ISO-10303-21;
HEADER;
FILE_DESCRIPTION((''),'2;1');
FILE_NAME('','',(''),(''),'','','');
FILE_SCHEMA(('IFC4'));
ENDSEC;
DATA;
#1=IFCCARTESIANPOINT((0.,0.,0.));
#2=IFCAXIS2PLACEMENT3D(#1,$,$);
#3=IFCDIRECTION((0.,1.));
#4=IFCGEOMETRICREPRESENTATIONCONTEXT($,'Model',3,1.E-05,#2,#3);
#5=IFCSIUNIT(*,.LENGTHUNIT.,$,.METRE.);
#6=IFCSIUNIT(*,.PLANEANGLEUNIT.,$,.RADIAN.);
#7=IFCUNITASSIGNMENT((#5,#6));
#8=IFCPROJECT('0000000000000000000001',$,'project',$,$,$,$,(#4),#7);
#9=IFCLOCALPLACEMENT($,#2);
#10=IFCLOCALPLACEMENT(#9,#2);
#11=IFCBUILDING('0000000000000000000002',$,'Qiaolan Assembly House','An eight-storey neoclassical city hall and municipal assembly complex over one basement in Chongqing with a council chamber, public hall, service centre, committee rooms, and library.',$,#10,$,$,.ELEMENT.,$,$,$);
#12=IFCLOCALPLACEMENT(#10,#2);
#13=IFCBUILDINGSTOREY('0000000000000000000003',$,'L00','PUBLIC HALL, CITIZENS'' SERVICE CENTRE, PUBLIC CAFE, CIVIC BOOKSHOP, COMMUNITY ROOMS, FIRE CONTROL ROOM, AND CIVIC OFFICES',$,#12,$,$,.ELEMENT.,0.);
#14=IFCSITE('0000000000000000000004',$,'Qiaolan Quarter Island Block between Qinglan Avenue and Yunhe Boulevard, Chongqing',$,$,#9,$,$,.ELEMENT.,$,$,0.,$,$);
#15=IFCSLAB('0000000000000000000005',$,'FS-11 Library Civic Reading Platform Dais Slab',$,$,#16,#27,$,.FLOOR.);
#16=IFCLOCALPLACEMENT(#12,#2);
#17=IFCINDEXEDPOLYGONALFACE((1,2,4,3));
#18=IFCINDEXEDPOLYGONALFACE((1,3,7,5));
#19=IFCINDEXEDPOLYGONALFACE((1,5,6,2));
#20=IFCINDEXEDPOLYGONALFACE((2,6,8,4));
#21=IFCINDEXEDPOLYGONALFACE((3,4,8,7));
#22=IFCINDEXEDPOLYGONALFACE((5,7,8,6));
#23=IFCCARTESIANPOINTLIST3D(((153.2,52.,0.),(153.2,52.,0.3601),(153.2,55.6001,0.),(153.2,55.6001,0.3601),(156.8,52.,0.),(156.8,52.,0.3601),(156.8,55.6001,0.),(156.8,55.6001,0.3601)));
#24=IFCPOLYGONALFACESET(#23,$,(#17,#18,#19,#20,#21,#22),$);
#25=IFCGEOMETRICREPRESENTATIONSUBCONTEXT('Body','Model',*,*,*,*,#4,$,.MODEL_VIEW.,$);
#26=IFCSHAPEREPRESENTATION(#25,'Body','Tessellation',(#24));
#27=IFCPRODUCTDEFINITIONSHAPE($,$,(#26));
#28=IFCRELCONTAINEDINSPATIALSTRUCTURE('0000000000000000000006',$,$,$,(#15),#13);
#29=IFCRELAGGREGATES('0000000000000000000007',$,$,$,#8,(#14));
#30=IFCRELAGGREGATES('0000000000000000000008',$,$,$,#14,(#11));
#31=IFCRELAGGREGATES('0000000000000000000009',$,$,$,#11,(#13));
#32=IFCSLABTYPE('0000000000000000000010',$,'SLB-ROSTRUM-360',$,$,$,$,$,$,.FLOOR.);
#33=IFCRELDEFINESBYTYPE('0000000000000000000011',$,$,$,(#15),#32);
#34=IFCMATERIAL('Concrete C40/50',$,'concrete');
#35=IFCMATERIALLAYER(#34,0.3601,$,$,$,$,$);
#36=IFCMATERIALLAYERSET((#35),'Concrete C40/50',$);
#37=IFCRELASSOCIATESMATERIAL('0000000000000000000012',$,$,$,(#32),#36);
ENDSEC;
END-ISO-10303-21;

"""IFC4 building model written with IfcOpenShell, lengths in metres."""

from ifc_helpers import new_model, si_unit, direction, origin, place, context, subcontext, project, spatial, polyline, outline, extrude, material, layer, layer_set, type_object, element, save


model = new_model("IFC4")

# Units and contexts
model_context = context("Model", 3, precision=1e-05, world=origin(), true_north=direction((0.0, 1.0)))
body_context = subcontext(model_context, "Body", "Model", "MODEL_VIEW")
ifc_project = project(units=[si_unit("LENGTHUNIT", "METRE"), si_unit("PLANEANGLEUNIT", "RADIAN")], contexts=[model_context])

# Site, building, storey
site_placement = place(None, origin())
site = spatial("IfcSite", under=ifc_project, at=site_placement, Name="Qiaolan Quarter Island Block between Qinglan Avenue and Yunhe Boulevard, Chongqing", CompositionType="ELEMENT", RefElevation=0.0)
building_placement = place(site_placement, origin())
building = spatial("IfcBuilding", under=site, at=building_placement, Name="Qiaolan Assembly House", Description="An eight-storey neoclassical city hall and municipal assembly complex over one basement in Chongqing with a council chamber, public hall, service centre, committee rooms, and library.", CompositionType="ELEMENT")
storey_placement = place(building_placement, origin())
storey = spatial("IfcBuildingStorey", under=building, at=storey_placement, Name="L00", Description="PUBLIC HALL, CITIZENS' SERVICE CENTRE, PUBLIC CAFE, CIVIC BOOKSHOP, COMMUNITY ROOMS, FIRE CONTROL ROOM, AND CIVIC OFFICES", CompositionType="ELEMENT", Elevation=0.0)

# Shared definitions
ifc_material_1 = material(Name="Concrete C40/50", Category="concrete")

# Slab
ifc_layer_1 = layer(ifc_material_1, 0.3601)
ifc_layer_set_1 = layer_set([ifc_layer_1], Name="Concrete C40/50")
slab_type_1 = type_object("IfcSlabType", Name="SLB-ROSTRUM-360", PredefinedType="FLOOR", material=ifc_layer_set_1)
slab_1_placement = place(storey_placement, origin())
element("IfcSlab", 1, at=slab_1_placement, inside=storey, type_object=slab_type_1, Name="FS-11 Library Civic Reading Platform Dais Slab", PredefinedType="FLOOR", context=body_context, shape_type="SweptSolid", body=[
    extrude(outline(polyline([(153.2, 52.0), (156.8, 52.0), (156.8, 55.6001), (153.2, 55.6001), (153.2, 52.0)])), origin(), (0.0, 0.0, 1.0), 0.3601),
])

save(model, "model.ifc")
